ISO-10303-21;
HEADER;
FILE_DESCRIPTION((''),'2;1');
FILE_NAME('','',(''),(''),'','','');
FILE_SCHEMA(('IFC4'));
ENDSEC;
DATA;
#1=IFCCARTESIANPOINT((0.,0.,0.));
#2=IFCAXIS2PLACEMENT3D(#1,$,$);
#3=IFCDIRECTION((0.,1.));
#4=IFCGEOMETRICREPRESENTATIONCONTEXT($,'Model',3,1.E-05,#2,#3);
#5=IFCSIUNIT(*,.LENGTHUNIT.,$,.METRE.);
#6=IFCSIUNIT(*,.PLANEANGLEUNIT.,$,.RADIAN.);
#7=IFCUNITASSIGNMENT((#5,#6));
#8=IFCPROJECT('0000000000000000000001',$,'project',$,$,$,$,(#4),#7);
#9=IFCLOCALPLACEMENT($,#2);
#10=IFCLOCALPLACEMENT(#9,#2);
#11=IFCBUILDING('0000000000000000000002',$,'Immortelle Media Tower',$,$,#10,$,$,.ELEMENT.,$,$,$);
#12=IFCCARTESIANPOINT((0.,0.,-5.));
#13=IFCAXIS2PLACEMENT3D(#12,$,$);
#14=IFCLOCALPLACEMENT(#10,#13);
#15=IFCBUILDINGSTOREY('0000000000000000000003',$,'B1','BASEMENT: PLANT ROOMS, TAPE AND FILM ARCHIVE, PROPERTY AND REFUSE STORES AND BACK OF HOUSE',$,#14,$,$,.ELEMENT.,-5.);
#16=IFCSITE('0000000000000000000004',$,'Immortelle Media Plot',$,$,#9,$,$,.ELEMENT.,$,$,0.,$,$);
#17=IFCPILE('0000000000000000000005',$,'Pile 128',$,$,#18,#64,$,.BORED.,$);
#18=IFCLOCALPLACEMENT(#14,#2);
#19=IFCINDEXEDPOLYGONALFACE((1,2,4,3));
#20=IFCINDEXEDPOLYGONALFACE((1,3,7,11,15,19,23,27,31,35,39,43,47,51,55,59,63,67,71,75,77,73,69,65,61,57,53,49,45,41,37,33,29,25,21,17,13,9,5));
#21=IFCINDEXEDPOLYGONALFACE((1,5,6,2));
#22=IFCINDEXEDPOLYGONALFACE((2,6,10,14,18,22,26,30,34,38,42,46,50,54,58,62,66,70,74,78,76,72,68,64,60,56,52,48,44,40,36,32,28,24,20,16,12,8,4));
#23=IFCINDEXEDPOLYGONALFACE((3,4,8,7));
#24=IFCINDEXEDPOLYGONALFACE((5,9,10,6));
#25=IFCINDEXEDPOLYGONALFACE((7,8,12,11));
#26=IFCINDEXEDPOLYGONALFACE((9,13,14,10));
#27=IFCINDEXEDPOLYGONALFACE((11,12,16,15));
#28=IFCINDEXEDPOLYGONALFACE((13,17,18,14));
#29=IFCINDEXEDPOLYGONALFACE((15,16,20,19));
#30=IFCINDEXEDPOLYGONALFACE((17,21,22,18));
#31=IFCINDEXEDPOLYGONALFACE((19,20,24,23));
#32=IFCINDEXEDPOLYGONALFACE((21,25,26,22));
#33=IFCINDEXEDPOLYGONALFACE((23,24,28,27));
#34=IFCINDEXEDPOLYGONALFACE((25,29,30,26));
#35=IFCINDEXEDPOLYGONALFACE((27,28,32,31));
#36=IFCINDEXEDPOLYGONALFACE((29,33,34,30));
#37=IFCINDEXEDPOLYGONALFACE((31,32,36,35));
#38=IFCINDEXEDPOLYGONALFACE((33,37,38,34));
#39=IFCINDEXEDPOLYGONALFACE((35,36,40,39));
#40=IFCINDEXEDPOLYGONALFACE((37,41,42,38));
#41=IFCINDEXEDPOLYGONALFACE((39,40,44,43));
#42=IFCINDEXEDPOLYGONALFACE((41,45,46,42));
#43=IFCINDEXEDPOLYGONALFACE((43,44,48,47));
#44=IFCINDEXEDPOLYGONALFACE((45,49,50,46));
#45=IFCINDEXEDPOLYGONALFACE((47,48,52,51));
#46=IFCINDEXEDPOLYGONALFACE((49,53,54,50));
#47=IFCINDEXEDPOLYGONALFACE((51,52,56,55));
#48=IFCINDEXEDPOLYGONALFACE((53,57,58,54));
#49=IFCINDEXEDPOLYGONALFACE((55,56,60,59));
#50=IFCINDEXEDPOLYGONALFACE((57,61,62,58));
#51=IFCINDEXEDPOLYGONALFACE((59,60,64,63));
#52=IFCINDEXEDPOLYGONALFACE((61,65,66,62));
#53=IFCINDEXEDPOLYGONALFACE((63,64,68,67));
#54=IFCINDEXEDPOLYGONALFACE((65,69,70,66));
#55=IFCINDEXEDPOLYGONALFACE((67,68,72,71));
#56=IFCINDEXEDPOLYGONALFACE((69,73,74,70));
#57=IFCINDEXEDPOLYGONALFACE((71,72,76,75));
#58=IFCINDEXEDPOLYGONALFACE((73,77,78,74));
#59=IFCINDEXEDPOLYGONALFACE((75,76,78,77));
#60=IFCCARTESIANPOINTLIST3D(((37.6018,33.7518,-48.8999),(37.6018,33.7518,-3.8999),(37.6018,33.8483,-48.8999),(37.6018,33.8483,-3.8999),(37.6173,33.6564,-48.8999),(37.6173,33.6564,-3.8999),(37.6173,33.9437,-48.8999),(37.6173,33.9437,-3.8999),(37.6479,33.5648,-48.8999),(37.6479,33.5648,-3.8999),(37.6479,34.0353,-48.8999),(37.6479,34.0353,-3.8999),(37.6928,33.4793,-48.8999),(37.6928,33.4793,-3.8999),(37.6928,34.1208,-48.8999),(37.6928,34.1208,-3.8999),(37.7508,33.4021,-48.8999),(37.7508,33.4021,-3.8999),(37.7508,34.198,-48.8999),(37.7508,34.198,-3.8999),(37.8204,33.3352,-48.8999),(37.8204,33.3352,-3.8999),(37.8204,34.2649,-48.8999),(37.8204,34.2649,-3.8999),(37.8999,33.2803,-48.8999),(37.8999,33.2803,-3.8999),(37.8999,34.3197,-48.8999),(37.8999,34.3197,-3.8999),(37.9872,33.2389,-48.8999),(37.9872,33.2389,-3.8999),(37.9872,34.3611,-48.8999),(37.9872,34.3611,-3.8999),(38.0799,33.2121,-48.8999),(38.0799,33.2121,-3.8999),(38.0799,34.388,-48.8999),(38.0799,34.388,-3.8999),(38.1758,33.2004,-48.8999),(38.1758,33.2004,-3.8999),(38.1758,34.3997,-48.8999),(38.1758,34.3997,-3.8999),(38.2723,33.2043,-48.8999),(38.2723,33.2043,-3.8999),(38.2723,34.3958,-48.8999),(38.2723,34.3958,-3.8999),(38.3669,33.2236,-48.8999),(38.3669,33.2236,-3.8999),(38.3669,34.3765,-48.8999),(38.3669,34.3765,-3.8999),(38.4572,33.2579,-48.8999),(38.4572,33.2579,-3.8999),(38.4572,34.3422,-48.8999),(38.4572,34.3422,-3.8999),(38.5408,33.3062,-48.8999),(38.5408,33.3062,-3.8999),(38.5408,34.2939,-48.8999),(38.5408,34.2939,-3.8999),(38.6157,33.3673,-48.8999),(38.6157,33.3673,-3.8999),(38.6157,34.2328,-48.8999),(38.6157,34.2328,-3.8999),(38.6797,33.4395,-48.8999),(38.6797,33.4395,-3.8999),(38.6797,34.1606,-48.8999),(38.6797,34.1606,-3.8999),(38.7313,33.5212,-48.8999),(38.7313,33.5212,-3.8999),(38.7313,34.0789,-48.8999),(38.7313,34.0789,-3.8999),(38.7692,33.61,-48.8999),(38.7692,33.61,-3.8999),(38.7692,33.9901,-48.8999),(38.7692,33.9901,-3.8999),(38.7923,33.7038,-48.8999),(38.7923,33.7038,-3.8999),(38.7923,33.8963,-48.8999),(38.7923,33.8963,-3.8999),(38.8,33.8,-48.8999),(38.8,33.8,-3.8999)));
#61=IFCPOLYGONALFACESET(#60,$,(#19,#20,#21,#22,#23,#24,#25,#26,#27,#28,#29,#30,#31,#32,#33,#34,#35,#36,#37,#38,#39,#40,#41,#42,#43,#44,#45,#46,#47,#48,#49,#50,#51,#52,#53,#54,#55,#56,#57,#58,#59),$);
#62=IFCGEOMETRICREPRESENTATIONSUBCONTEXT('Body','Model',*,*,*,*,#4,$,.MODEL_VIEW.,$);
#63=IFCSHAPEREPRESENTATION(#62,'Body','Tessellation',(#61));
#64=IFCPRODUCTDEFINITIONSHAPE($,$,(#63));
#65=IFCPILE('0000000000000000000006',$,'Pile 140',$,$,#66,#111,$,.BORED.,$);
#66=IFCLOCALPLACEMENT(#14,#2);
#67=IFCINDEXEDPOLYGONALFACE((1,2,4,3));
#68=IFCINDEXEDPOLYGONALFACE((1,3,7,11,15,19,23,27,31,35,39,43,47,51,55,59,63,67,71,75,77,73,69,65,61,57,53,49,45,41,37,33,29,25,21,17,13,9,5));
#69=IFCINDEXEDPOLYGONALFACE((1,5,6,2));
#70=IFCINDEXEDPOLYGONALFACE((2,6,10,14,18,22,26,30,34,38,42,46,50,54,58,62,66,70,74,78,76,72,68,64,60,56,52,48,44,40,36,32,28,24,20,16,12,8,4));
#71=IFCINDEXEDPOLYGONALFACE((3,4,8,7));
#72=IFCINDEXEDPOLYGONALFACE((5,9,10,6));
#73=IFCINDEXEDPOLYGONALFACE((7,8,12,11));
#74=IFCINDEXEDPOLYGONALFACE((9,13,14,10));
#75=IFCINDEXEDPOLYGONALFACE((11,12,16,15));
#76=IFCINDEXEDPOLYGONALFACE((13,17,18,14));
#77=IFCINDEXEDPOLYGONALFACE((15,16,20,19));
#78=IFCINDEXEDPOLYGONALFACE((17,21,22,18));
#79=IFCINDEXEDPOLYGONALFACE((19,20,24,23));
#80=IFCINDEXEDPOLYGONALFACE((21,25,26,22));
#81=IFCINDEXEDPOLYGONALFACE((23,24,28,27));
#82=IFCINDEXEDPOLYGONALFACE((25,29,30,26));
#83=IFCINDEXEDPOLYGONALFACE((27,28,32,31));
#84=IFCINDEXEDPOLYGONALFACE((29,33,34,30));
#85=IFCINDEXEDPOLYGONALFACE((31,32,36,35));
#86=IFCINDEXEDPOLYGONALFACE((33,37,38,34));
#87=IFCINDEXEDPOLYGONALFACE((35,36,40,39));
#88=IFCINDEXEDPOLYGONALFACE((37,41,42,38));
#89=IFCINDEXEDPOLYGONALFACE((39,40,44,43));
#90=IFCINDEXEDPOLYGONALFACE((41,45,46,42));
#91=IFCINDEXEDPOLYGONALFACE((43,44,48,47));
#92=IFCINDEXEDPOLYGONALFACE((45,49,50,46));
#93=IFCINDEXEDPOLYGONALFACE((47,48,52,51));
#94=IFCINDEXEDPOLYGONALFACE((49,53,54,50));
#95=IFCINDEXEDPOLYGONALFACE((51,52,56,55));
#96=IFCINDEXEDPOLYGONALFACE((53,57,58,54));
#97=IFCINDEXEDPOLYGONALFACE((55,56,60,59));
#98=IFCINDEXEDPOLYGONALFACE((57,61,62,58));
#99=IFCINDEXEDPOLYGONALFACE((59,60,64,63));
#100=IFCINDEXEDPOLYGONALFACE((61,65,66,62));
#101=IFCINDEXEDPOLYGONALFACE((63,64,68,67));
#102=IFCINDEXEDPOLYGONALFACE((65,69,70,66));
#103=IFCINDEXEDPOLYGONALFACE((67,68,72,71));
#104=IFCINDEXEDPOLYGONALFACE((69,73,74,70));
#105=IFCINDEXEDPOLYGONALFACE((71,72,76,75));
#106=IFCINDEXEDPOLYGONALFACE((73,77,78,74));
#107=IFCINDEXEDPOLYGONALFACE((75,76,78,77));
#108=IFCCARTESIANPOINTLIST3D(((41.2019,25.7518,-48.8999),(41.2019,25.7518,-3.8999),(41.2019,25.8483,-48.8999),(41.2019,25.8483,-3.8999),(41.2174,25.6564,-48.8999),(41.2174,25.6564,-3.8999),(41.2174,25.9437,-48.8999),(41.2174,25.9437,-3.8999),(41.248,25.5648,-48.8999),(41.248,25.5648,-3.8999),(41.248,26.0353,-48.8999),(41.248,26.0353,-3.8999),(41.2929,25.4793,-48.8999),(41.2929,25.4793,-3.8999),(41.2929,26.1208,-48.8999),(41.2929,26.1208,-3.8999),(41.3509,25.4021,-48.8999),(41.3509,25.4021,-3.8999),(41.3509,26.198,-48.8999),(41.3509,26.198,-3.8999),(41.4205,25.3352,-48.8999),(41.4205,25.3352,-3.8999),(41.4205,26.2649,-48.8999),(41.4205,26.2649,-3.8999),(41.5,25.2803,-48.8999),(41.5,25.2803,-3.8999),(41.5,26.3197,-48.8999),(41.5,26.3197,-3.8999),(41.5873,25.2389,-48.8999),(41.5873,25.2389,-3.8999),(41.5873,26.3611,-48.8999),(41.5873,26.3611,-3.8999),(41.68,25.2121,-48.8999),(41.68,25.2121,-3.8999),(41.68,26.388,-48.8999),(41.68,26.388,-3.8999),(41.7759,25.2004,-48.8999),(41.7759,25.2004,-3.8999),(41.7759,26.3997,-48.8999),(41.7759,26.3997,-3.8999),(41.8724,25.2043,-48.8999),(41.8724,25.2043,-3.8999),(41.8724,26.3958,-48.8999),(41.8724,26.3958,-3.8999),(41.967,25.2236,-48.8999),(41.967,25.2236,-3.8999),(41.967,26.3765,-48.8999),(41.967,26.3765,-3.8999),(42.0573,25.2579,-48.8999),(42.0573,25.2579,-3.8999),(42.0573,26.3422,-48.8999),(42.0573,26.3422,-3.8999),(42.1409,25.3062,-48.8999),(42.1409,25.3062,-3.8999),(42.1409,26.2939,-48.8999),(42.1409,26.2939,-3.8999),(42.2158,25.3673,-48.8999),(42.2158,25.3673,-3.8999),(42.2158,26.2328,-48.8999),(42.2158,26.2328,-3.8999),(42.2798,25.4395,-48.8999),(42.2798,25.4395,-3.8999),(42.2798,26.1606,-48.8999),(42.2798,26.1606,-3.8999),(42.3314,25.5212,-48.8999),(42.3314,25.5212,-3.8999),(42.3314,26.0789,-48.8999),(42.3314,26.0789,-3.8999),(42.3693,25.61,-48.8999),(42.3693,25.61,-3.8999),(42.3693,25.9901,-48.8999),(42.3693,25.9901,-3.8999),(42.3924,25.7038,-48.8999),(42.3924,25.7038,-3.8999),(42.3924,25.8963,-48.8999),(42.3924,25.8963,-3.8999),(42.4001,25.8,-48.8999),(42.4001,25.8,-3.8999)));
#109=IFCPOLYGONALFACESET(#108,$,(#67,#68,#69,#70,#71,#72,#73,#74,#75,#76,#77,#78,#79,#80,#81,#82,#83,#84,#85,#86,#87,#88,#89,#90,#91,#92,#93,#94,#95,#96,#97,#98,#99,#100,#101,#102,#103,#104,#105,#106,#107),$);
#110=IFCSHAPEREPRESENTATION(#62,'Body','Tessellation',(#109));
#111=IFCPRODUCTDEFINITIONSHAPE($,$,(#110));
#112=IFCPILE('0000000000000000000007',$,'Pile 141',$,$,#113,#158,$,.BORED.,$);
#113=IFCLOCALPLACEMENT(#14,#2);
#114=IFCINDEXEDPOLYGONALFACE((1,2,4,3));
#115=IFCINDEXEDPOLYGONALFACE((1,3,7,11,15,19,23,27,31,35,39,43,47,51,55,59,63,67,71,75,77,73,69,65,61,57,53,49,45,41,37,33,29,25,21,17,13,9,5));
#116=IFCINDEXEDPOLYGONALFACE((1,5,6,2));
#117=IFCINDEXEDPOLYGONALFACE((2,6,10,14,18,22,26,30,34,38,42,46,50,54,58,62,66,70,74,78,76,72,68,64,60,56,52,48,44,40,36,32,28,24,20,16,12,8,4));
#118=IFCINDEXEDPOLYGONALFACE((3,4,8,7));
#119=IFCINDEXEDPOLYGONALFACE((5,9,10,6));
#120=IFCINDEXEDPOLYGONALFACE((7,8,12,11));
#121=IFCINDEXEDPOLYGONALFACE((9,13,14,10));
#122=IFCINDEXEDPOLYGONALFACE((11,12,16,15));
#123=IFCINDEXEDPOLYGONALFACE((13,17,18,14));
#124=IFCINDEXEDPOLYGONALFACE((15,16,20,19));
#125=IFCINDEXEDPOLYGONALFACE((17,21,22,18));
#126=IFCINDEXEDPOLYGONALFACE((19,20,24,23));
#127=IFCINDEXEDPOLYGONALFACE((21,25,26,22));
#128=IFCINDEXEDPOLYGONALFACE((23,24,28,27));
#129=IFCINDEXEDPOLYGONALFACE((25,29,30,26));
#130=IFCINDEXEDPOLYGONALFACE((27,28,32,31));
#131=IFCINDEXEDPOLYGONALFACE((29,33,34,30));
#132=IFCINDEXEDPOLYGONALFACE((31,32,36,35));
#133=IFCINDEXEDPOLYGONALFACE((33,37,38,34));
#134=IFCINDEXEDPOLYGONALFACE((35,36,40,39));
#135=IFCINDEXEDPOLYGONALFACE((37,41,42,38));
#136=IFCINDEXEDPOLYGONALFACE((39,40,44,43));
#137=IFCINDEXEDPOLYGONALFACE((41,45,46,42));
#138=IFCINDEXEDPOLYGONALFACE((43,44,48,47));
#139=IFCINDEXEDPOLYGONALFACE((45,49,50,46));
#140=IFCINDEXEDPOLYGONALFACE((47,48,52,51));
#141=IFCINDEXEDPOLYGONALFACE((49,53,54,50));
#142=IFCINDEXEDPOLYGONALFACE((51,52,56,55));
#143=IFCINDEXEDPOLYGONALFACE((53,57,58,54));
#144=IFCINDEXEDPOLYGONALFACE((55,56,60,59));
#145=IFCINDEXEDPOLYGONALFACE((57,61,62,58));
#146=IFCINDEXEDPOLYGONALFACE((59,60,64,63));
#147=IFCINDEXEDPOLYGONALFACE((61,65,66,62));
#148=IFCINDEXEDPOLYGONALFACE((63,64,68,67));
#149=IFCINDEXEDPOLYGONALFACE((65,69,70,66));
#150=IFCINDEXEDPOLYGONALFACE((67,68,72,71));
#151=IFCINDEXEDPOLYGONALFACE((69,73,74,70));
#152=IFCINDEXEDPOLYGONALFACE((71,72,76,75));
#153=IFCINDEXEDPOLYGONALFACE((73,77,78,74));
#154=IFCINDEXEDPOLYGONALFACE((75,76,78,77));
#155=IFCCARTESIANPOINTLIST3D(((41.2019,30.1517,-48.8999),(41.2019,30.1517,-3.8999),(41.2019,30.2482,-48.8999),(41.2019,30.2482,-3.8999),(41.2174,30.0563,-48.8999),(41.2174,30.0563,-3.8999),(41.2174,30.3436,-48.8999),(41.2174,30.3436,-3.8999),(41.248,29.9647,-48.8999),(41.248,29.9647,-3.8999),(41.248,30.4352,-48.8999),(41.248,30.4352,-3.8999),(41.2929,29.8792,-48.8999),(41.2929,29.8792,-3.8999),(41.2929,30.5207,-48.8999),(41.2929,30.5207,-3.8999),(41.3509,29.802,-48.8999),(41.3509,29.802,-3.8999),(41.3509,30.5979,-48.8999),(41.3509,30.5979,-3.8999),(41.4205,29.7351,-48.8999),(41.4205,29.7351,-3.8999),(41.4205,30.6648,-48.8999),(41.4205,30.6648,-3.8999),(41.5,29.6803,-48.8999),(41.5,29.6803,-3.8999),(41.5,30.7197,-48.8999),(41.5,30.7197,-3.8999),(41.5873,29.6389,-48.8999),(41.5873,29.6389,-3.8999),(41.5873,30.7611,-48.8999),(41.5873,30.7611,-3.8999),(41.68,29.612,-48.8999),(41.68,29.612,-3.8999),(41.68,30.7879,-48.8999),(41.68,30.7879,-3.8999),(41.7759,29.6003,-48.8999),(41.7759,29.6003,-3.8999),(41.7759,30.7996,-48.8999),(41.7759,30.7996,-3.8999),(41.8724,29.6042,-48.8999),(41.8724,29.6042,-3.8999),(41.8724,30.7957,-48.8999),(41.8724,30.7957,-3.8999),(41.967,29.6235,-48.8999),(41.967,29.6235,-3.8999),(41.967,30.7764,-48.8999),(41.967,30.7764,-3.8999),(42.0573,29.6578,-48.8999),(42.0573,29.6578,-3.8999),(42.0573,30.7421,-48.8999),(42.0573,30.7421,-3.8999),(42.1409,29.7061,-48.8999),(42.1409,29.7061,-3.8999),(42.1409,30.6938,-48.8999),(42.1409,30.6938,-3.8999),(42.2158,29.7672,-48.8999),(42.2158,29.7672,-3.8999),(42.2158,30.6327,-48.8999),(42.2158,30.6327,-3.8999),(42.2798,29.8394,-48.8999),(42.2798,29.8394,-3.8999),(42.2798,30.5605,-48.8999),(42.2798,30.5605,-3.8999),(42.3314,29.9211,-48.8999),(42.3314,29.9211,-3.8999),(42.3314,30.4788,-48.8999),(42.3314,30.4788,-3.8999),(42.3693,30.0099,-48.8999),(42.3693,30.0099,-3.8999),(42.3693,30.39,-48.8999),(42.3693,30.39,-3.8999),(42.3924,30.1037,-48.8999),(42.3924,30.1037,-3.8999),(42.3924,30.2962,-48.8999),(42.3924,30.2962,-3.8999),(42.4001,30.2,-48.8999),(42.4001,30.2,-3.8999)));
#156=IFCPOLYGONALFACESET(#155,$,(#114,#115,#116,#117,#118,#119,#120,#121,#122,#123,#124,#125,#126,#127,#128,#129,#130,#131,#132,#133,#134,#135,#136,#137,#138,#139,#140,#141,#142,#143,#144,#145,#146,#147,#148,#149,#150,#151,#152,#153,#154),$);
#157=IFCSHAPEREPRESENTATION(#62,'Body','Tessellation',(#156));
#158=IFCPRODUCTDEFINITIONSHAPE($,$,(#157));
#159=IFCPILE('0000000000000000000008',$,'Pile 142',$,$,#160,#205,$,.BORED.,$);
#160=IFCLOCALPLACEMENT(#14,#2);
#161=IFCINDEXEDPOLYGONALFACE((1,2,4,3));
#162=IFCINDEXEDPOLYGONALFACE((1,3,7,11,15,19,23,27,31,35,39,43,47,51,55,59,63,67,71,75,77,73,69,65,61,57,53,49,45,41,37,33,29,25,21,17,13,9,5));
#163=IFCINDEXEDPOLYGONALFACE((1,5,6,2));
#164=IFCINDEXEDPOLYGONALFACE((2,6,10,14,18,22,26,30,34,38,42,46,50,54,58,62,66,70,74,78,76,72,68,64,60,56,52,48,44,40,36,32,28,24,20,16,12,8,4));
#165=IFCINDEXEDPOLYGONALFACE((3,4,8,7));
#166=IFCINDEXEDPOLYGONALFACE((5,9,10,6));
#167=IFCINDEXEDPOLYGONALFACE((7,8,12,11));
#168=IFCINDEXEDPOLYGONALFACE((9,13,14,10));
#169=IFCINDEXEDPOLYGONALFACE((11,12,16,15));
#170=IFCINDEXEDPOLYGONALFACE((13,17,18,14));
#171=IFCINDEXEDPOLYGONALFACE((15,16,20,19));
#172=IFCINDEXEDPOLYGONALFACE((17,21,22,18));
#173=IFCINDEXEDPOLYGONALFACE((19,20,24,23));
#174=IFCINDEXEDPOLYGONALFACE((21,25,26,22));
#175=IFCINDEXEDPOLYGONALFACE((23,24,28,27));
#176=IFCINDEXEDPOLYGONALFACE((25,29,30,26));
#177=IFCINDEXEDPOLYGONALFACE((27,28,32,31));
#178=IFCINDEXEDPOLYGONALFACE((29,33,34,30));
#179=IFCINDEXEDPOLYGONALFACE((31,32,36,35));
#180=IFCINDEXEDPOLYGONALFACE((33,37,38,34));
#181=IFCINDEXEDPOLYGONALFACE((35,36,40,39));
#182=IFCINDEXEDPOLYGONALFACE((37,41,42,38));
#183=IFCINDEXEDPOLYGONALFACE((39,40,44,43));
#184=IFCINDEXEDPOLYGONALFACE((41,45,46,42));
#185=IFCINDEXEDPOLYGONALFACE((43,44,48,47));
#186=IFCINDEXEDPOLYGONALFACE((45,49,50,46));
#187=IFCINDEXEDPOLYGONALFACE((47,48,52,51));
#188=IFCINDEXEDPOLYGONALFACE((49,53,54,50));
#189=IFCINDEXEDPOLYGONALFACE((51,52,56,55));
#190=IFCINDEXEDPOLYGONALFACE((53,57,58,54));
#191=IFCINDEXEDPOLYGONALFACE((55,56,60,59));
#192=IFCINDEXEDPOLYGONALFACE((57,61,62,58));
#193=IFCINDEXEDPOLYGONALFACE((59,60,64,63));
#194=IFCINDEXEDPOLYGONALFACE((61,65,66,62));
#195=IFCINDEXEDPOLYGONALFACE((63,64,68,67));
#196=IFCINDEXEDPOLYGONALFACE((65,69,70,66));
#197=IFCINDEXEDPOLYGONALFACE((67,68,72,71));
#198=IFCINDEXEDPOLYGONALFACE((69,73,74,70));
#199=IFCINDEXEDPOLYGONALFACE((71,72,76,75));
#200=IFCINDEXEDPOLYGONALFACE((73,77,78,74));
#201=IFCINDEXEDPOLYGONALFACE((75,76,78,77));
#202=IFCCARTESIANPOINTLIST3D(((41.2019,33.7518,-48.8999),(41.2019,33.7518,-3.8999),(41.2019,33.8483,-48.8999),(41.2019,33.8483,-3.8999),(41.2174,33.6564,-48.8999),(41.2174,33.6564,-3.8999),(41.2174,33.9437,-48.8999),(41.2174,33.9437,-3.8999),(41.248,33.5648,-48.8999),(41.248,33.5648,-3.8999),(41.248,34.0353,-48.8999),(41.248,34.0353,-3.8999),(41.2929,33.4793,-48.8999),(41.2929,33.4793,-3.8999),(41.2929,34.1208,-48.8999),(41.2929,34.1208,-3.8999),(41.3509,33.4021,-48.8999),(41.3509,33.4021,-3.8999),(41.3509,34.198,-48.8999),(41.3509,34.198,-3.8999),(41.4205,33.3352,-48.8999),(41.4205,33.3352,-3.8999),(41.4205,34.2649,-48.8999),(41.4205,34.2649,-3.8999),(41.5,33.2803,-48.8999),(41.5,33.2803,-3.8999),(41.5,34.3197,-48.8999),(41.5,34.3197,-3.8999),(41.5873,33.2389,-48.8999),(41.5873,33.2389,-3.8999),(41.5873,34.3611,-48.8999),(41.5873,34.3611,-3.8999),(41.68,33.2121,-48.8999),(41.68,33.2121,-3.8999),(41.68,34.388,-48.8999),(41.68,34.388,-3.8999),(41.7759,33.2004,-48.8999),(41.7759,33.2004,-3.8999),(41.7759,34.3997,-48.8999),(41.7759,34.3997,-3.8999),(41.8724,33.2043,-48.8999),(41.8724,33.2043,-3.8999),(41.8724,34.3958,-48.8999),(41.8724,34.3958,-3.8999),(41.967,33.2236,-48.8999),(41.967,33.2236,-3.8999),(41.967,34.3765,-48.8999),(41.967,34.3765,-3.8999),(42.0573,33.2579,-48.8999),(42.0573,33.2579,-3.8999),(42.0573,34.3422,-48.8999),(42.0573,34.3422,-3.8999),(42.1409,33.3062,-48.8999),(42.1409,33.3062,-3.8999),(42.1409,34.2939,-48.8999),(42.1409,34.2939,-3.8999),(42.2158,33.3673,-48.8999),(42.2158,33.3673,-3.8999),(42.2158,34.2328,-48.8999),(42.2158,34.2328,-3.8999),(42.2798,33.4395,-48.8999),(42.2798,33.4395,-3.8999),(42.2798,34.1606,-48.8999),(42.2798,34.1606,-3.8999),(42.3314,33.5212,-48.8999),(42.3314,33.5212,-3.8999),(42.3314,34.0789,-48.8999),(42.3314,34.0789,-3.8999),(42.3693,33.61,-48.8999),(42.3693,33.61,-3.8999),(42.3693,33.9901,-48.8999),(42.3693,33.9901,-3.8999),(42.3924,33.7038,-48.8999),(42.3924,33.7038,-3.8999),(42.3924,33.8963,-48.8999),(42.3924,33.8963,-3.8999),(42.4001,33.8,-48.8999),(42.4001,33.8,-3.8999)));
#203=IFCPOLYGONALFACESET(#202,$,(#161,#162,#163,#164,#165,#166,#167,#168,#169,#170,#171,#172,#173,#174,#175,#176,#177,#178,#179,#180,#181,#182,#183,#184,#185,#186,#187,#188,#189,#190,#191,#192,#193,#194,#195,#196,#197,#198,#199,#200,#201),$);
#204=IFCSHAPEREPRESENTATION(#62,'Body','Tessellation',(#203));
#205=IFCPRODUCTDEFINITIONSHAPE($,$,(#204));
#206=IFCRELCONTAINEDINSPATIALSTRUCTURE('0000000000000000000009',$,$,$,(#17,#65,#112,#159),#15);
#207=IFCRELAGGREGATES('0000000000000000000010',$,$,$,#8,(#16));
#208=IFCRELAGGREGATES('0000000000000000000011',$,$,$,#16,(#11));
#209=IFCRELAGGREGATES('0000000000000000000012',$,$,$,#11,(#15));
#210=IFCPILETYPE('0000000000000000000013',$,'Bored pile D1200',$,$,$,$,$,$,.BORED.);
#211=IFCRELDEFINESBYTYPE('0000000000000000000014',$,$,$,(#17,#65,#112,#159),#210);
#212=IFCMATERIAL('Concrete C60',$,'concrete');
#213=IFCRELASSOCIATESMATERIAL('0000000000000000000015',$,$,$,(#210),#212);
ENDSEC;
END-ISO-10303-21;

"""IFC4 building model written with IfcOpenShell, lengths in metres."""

from ifc_helpers import new_model, si_unit, direction, frame, origin, origin_2d, place, context, subcontext, project, spatial, circle, extrude, material, material_profile, profile_set, type_object, element, save


model = new_model("IFC4")

# Units and contexts
model_context = context("Model", 3, precision=1e-05, world=origin(), true_north=direction((0.0, 1.0)))
body_context = subcontext(model_context, "Body", "Model", "MODEL_VIEW")
ifc_project = project(units=[si_unit("LENGTHUNIT", "METRE"), si_unit("PLANEANGLEUNIT", "RADIAN")], contexts=[model_context])

# Site, building, storey
site_placement = place(None, origin())
site = spatial("IfcSite", under=ifc_project, at=site_placement, Name="Immortelle Media Plot", CompositionType="ELEMENT", RefElevation=0.0)
building_placement = place(site_placement, origin())
building = spatial("IfcBuilding", under=site, at=building_placement, Name="Immortelle Media Tower", CompositionType="ELEMENT")
storey_placement = place(building_placement, frame((0.0, 0.0, -5.0)))
storey = spatial("IfcBuildingStorey", under=building, at=storey_placement, Name="B1", Description="BASEMENT: PLANT ROOMS, TAPE AND FILM ARCHIVE, PROPERTY AND REFUSE STORES AND BACK OF HOUSE", CompositionType="ELEMENT", Elevation=-5.0)

# Piles
ifc_material_1 = material(Name="Concrete C60", Category="concrete")
ifc_material_profile_1 = material_profile(ifc_material_1, circle(Radius=0.6001, at=origin_2d()), Name="Bored pile D1200")
ifc_profile_set_1 = profile_set([ifc_material_profile_1], Name="Concrete C60")
pile_type = type_object("IfcPileType", Name="Bored pile D1200", PredefinedType="BORED", material=ifc_profile_set_1)
for number, where, z_axis, x_axis, name in (
    (1, (38.2, 33.8, -3.8999), (0.0, 0.0, -1.0), (1.0, 0.0, 0.0), "Pile 128"),
    (2, (41.8, 25.8, -3.8999), (0.0, 0.0, -1.0), (1.0, 0.0, 0.0), "Pile 140"),
    (3, (41.8, 30.2, -3.8999), (0.0, 0.0, -1.0), (1.0, 0.0, 0.0), "Pile 141"),
    (4, (41.8, 33.8, -3.8999), (0.0, 0.0, -1.0), (1.0, 0.0, 0.0), "Pile 142"),
):
    element("IfcPile", number, at=place(storey_placement, frame(where, z_axis=z_axis, x_axis=x_axis)), inside=storey, type_object=pile_type, Name=name, PredefinedType="BORED", context=body_context, shape_type="SweptSolid", body=[
        extrude(circle(Radius=0.6001, at=origin_2d()), origin(), (0.0, 0.0, 1.0), 45.0),
    ])

save(model, "model.ifc")
